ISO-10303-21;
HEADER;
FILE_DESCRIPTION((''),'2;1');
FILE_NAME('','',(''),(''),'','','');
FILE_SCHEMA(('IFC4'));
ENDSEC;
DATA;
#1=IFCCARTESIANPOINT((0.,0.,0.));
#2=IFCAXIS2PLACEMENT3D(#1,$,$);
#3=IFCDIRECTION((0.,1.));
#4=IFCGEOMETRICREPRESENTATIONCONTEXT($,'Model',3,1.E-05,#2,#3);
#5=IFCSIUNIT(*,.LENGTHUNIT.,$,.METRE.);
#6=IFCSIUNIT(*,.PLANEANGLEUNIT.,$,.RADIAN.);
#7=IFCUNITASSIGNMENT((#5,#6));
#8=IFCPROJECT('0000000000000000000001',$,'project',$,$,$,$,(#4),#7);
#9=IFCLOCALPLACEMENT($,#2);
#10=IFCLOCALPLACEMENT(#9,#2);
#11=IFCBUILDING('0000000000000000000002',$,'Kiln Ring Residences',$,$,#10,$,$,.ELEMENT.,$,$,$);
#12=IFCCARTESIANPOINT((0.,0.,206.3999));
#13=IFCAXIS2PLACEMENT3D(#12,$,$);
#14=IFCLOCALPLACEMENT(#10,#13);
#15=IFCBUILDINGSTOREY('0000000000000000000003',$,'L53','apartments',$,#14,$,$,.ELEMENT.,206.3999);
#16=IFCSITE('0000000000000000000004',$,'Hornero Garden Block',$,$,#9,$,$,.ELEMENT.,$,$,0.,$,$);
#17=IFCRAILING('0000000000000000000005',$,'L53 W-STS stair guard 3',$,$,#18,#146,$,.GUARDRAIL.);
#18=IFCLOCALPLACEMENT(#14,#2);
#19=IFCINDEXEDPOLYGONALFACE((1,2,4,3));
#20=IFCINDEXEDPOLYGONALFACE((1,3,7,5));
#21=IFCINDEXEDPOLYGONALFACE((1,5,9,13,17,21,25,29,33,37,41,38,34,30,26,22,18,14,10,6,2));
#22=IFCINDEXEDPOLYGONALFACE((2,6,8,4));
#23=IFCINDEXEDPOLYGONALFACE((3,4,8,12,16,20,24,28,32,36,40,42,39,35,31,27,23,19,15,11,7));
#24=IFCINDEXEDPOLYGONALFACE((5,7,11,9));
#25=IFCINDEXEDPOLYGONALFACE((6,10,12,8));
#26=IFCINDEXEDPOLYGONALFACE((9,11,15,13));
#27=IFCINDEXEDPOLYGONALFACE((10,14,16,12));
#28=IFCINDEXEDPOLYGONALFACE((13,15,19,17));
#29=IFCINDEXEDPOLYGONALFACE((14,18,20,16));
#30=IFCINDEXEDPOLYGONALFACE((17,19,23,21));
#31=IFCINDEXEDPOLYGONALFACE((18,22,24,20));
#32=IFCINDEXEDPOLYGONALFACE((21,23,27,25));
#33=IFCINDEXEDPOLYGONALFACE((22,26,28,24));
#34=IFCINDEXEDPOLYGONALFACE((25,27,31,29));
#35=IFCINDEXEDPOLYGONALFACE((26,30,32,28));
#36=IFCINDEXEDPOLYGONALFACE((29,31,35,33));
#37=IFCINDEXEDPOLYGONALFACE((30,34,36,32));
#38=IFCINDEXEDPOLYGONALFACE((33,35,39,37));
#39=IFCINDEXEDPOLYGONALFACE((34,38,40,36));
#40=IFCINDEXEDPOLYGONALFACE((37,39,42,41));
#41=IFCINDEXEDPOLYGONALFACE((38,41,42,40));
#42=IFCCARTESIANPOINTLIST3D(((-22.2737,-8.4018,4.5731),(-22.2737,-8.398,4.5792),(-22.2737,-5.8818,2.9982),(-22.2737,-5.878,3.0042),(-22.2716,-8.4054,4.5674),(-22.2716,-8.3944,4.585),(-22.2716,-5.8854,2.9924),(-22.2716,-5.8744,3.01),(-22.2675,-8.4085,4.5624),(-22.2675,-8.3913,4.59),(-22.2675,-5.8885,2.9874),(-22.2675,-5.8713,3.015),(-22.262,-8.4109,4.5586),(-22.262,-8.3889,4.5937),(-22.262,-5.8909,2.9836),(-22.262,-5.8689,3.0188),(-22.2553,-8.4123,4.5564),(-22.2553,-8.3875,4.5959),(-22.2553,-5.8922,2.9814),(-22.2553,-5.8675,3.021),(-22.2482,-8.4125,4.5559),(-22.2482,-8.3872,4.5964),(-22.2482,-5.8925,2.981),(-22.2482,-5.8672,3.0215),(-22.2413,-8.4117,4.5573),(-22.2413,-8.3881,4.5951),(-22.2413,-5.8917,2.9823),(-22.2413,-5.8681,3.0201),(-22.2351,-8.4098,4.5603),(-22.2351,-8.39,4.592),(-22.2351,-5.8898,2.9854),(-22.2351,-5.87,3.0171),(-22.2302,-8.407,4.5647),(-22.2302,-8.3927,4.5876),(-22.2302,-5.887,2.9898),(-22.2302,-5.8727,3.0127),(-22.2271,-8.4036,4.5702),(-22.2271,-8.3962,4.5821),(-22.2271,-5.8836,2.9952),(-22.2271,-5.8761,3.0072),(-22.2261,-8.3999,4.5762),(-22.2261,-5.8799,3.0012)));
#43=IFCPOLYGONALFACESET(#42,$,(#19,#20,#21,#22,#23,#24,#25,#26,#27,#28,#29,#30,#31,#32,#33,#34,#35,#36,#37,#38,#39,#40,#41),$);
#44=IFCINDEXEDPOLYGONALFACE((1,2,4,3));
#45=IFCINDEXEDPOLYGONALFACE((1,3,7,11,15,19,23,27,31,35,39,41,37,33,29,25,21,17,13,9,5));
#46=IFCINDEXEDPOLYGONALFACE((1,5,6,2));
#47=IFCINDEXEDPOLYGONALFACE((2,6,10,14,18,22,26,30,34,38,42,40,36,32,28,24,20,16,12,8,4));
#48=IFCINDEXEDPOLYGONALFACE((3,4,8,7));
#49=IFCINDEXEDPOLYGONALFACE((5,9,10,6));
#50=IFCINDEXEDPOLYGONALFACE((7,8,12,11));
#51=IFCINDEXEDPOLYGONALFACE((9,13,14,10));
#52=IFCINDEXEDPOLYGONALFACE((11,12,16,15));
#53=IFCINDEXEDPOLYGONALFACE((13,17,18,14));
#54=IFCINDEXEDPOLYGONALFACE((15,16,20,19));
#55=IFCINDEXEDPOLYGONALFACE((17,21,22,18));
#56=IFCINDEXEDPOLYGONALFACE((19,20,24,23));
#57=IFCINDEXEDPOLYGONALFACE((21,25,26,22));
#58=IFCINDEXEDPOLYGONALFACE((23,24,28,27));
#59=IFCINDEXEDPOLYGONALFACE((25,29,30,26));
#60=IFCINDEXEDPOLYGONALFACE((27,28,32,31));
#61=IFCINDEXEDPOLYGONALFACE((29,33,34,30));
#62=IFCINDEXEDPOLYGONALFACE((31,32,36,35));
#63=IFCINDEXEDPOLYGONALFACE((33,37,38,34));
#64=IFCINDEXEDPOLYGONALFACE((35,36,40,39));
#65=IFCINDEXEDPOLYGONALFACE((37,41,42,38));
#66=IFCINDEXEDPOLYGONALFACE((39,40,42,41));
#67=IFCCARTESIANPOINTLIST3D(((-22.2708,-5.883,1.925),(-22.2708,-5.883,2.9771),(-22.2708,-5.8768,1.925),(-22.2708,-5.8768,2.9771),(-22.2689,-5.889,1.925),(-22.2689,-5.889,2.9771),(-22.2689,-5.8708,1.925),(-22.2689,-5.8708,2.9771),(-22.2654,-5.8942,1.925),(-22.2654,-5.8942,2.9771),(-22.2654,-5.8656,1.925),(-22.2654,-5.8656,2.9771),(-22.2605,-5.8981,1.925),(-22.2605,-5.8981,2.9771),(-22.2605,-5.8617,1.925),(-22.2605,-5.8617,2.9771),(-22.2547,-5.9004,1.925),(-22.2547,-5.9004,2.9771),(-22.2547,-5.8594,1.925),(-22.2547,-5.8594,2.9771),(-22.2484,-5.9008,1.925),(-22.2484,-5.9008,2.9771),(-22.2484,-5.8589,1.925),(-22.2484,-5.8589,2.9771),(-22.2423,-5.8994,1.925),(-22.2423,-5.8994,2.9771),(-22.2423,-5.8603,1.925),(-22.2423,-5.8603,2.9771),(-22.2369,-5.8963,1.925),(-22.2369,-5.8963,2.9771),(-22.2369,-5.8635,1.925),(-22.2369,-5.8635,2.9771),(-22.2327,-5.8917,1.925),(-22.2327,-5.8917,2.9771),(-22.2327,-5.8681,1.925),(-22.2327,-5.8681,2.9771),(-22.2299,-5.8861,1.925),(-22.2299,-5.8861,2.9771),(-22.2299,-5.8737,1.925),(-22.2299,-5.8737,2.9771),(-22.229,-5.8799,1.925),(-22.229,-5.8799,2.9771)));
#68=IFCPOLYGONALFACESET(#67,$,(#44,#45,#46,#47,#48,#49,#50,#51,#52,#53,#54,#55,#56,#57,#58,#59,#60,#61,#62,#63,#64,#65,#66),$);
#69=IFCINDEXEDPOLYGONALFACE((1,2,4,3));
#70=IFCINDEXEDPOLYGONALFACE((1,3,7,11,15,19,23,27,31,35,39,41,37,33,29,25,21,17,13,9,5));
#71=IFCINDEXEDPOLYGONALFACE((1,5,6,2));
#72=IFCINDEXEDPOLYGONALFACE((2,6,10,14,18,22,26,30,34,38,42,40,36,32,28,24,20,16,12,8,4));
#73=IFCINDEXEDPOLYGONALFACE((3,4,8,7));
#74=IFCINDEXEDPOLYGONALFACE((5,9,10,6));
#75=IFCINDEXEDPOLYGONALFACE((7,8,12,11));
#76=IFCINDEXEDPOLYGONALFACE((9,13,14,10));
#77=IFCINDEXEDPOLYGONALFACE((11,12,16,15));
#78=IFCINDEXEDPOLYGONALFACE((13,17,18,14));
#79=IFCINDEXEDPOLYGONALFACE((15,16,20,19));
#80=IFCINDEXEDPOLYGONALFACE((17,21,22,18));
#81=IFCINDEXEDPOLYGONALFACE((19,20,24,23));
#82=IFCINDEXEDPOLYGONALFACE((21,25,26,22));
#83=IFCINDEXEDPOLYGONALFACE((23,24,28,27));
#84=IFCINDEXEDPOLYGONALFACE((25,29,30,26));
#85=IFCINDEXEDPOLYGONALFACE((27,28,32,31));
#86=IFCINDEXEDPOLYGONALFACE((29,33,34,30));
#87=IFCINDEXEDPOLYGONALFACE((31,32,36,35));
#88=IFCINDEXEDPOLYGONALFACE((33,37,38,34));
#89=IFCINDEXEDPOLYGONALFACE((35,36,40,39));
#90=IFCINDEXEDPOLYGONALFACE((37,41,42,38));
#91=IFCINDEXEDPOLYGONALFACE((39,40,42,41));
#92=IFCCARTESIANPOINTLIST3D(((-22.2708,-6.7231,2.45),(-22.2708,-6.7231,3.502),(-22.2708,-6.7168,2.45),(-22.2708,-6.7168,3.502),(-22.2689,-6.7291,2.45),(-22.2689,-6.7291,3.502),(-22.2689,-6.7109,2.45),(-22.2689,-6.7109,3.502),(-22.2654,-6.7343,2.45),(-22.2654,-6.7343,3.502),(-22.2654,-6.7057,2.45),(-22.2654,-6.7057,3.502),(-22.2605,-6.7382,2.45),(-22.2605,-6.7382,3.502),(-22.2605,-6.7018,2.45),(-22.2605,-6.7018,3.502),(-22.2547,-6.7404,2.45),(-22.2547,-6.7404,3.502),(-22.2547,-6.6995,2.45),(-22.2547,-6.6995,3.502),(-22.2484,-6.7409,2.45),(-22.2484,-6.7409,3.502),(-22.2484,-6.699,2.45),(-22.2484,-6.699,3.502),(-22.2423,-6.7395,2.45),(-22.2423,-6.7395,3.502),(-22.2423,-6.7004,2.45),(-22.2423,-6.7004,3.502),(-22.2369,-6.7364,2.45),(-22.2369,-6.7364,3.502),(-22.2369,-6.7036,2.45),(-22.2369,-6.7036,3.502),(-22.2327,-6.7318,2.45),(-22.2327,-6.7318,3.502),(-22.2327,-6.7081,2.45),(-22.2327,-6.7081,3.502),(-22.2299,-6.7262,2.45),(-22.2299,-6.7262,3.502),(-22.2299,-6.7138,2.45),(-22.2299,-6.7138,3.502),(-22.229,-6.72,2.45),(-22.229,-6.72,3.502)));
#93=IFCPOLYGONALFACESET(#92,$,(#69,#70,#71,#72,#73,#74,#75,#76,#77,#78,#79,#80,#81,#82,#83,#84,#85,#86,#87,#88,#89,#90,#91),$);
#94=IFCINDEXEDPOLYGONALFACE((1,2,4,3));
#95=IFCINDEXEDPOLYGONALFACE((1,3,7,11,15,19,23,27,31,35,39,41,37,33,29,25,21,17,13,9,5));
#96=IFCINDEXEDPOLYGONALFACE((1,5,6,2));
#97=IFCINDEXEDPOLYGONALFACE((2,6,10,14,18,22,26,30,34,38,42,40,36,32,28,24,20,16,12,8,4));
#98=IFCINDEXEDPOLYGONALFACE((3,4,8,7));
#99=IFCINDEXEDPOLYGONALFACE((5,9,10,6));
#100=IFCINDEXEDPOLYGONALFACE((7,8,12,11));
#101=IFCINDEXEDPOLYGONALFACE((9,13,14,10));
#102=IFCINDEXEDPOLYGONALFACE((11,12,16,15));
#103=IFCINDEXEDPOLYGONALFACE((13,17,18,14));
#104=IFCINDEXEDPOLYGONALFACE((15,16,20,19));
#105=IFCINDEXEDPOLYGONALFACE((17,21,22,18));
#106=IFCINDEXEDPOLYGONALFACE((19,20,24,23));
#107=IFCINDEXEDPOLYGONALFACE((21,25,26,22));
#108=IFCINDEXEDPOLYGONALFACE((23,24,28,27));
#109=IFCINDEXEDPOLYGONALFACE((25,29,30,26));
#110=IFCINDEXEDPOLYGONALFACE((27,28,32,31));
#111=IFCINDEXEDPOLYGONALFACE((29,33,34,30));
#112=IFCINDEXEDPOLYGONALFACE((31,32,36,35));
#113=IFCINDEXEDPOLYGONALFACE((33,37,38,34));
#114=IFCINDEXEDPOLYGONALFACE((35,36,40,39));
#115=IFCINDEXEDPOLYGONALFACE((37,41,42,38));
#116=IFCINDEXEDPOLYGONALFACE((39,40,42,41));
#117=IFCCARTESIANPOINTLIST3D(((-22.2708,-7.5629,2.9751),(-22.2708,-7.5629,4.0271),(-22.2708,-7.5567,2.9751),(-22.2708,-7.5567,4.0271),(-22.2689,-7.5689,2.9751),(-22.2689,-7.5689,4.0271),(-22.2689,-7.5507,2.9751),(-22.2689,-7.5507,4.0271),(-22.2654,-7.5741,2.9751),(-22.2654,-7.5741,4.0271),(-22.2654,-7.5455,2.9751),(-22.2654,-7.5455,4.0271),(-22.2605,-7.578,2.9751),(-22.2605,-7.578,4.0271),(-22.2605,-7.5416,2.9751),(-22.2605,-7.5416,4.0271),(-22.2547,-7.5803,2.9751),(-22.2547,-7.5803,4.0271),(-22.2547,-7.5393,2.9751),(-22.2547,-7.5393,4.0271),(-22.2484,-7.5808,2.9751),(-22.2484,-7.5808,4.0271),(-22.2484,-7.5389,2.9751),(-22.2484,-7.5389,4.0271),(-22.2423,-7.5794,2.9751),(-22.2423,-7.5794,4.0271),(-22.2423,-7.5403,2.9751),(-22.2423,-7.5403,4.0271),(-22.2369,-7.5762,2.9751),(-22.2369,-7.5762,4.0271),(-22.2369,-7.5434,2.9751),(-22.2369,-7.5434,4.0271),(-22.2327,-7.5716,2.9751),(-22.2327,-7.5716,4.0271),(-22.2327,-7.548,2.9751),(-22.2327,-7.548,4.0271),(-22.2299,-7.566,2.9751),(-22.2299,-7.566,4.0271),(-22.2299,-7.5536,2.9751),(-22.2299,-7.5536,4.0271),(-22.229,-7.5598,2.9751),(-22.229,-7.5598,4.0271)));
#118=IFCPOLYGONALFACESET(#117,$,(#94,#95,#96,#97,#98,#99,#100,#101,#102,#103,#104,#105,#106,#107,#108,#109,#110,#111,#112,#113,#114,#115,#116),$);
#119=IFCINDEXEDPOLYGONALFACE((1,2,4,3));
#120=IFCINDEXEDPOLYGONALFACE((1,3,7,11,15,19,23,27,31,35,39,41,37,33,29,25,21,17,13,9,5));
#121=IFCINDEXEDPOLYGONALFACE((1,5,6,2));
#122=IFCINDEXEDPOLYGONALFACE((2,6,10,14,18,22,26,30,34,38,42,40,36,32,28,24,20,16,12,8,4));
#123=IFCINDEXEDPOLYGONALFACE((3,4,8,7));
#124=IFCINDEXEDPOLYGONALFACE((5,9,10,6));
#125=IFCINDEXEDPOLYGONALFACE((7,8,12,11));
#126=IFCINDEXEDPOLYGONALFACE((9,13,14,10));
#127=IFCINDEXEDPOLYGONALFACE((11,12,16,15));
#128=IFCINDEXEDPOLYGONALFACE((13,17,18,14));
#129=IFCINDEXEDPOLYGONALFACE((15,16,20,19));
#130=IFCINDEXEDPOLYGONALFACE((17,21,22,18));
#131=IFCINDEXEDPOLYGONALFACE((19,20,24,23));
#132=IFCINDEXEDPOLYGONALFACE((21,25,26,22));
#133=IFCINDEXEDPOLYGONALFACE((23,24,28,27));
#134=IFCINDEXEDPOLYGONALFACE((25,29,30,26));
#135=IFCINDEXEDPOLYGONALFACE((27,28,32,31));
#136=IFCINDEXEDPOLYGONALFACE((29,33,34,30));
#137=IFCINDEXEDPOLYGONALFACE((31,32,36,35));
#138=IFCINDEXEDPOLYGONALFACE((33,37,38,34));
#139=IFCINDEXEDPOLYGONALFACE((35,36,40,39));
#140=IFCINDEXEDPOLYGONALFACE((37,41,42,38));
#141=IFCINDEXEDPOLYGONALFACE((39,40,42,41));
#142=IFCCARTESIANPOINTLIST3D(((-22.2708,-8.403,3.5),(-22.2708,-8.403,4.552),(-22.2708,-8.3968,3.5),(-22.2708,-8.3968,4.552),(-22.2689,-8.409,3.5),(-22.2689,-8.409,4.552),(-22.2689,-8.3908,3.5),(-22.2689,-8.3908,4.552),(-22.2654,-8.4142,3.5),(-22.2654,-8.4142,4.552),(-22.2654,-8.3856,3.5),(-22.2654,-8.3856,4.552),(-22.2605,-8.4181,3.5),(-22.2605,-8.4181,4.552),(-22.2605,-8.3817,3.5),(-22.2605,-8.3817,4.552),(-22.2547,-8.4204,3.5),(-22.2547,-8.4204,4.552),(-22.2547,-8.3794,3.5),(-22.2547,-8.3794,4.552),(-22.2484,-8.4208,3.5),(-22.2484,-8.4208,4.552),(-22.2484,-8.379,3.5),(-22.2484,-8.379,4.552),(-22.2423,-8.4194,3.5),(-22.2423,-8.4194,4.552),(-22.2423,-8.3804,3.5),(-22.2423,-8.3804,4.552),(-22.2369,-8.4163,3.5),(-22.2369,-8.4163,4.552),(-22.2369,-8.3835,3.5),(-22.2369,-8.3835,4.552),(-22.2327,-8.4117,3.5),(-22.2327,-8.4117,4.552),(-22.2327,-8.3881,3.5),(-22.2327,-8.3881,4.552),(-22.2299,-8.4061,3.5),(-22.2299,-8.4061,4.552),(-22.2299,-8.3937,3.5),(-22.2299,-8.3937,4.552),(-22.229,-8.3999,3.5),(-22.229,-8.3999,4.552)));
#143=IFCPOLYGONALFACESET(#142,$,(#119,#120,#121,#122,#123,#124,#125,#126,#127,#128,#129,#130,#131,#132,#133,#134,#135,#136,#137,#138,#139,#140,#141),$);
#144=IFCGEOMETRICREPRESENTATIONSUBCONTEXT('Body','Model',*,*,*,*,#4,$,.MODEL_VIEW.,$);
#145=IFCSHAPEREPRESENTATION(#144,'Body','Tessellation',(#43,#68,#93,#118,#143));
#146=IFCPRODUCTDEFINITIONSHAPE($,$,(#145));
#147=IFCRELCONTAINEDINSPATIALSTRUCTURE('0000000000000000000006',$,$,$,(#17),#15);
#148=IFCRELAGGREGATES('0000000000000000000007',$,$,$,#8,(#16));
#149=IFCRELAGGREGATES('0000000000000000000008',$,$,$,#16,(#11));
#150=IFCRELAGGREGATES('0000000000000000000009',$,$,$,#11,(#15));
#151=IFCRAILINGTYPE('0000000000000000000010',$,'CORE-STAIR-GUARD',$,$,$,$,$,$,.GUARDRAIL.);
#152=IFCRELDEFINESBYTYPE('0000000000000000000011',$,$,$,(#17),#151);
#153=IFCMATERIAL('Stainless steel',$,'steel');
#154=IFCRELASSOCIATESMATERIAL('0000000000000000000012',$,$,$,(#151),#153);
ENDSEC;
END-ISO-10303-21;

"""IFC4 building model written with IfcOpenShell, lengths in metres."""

from ifc_helpers import new_model, si_unit, direction, frame, origin, origin_2d, place, context, subcontext, project, spatial, circle, extrude, material, type_object, element, save


model = new_model("IFC4")

# Units and contexts
model_context = context("Model", 3, precision=1e-05, world=origin(), true_north=direction((0.0, 1.0)))
body_context = subcontext(model_context, "Body", "Model", "MODEL_VIEW")
ifc_project = project(units=[si_unit("LENGTHUNIT", "METRE"), si_unit("PLANEANGLEUNIT", "RADIAN")], contexts=[model_context])

# Site, building, storey
site_placement = place(None, origin())
site = spatial("IfcSite", under=ifc_project, at=site_placement, Name="Hornero Garden Block", CompositionType="ELEMENT", RefElevation=0.0)
building_placement = place(site_placement, origin())
building = spatial("IfcBuilding", under=site, at=building_placement, Name="Kiln Ring Residences", CompositionType="ELEMENT")
storey_placement = place(building_placement, frame((0.0, 0.0, 206.3999)))
storey = spatial("IfcBuildingStorey", under=building, at=storey_placement, Name="L53", Description="apartments", CompositionType="ELEMENT", Elevation=206.3999)

# Railing
ifc_material_1 = material(Name="Stainless steel", Category="steel")
railing_type_1 = type_object("IfcRailingType", Name="CORE-STAIR-GUARD", PredefinedType="GUARDRAIL", material=ifc_material_1)
railing_1_placement = place(storey_placement, frame((-22.25, -5.8799, 1.925)))
element("IfcRailing", 1, at=railing_1_placement, inside=storey, type_object=railing_type_1, Name="L53 W-STS stair guard 3", PredefinedType="GUARDRAIL", context=body_context, shape_type="SweptSolid", body=[
    extrude(circle(Radius=0.0239, at=origin_2d()), frame((0.0, 0.0, 1.0762), z_axis=(0.0, -0.848008, 0.529984), x_axis=(1.0, 0.0, 0.0)), (0.0, 0.0, 1.0), 2.9717),
    extrude(circle(Radius=0.021, at=origin_2d()), origin(), (0.0, 0.0, 1.0), 1.052),
    extrude(circle(Radius=0.021, at=origin_2d()), frame((0.0, -0.8401, 0.5249)), (0.0, 0.0, 1.0), 1.052),
    extrude(circle(Radius=0.021, at=origin_2d()), frame((0.0, -1.6799, 1.05)), (0.0, 0.0, 1.0), 1.052),
    extrude(circle(Radius=0.021, at=origin_2d()), frame((0.0, -2.52, 1.575)), (0.0, 0.0, 1.0), 1.052),
])

save(model, "model.ifc")
